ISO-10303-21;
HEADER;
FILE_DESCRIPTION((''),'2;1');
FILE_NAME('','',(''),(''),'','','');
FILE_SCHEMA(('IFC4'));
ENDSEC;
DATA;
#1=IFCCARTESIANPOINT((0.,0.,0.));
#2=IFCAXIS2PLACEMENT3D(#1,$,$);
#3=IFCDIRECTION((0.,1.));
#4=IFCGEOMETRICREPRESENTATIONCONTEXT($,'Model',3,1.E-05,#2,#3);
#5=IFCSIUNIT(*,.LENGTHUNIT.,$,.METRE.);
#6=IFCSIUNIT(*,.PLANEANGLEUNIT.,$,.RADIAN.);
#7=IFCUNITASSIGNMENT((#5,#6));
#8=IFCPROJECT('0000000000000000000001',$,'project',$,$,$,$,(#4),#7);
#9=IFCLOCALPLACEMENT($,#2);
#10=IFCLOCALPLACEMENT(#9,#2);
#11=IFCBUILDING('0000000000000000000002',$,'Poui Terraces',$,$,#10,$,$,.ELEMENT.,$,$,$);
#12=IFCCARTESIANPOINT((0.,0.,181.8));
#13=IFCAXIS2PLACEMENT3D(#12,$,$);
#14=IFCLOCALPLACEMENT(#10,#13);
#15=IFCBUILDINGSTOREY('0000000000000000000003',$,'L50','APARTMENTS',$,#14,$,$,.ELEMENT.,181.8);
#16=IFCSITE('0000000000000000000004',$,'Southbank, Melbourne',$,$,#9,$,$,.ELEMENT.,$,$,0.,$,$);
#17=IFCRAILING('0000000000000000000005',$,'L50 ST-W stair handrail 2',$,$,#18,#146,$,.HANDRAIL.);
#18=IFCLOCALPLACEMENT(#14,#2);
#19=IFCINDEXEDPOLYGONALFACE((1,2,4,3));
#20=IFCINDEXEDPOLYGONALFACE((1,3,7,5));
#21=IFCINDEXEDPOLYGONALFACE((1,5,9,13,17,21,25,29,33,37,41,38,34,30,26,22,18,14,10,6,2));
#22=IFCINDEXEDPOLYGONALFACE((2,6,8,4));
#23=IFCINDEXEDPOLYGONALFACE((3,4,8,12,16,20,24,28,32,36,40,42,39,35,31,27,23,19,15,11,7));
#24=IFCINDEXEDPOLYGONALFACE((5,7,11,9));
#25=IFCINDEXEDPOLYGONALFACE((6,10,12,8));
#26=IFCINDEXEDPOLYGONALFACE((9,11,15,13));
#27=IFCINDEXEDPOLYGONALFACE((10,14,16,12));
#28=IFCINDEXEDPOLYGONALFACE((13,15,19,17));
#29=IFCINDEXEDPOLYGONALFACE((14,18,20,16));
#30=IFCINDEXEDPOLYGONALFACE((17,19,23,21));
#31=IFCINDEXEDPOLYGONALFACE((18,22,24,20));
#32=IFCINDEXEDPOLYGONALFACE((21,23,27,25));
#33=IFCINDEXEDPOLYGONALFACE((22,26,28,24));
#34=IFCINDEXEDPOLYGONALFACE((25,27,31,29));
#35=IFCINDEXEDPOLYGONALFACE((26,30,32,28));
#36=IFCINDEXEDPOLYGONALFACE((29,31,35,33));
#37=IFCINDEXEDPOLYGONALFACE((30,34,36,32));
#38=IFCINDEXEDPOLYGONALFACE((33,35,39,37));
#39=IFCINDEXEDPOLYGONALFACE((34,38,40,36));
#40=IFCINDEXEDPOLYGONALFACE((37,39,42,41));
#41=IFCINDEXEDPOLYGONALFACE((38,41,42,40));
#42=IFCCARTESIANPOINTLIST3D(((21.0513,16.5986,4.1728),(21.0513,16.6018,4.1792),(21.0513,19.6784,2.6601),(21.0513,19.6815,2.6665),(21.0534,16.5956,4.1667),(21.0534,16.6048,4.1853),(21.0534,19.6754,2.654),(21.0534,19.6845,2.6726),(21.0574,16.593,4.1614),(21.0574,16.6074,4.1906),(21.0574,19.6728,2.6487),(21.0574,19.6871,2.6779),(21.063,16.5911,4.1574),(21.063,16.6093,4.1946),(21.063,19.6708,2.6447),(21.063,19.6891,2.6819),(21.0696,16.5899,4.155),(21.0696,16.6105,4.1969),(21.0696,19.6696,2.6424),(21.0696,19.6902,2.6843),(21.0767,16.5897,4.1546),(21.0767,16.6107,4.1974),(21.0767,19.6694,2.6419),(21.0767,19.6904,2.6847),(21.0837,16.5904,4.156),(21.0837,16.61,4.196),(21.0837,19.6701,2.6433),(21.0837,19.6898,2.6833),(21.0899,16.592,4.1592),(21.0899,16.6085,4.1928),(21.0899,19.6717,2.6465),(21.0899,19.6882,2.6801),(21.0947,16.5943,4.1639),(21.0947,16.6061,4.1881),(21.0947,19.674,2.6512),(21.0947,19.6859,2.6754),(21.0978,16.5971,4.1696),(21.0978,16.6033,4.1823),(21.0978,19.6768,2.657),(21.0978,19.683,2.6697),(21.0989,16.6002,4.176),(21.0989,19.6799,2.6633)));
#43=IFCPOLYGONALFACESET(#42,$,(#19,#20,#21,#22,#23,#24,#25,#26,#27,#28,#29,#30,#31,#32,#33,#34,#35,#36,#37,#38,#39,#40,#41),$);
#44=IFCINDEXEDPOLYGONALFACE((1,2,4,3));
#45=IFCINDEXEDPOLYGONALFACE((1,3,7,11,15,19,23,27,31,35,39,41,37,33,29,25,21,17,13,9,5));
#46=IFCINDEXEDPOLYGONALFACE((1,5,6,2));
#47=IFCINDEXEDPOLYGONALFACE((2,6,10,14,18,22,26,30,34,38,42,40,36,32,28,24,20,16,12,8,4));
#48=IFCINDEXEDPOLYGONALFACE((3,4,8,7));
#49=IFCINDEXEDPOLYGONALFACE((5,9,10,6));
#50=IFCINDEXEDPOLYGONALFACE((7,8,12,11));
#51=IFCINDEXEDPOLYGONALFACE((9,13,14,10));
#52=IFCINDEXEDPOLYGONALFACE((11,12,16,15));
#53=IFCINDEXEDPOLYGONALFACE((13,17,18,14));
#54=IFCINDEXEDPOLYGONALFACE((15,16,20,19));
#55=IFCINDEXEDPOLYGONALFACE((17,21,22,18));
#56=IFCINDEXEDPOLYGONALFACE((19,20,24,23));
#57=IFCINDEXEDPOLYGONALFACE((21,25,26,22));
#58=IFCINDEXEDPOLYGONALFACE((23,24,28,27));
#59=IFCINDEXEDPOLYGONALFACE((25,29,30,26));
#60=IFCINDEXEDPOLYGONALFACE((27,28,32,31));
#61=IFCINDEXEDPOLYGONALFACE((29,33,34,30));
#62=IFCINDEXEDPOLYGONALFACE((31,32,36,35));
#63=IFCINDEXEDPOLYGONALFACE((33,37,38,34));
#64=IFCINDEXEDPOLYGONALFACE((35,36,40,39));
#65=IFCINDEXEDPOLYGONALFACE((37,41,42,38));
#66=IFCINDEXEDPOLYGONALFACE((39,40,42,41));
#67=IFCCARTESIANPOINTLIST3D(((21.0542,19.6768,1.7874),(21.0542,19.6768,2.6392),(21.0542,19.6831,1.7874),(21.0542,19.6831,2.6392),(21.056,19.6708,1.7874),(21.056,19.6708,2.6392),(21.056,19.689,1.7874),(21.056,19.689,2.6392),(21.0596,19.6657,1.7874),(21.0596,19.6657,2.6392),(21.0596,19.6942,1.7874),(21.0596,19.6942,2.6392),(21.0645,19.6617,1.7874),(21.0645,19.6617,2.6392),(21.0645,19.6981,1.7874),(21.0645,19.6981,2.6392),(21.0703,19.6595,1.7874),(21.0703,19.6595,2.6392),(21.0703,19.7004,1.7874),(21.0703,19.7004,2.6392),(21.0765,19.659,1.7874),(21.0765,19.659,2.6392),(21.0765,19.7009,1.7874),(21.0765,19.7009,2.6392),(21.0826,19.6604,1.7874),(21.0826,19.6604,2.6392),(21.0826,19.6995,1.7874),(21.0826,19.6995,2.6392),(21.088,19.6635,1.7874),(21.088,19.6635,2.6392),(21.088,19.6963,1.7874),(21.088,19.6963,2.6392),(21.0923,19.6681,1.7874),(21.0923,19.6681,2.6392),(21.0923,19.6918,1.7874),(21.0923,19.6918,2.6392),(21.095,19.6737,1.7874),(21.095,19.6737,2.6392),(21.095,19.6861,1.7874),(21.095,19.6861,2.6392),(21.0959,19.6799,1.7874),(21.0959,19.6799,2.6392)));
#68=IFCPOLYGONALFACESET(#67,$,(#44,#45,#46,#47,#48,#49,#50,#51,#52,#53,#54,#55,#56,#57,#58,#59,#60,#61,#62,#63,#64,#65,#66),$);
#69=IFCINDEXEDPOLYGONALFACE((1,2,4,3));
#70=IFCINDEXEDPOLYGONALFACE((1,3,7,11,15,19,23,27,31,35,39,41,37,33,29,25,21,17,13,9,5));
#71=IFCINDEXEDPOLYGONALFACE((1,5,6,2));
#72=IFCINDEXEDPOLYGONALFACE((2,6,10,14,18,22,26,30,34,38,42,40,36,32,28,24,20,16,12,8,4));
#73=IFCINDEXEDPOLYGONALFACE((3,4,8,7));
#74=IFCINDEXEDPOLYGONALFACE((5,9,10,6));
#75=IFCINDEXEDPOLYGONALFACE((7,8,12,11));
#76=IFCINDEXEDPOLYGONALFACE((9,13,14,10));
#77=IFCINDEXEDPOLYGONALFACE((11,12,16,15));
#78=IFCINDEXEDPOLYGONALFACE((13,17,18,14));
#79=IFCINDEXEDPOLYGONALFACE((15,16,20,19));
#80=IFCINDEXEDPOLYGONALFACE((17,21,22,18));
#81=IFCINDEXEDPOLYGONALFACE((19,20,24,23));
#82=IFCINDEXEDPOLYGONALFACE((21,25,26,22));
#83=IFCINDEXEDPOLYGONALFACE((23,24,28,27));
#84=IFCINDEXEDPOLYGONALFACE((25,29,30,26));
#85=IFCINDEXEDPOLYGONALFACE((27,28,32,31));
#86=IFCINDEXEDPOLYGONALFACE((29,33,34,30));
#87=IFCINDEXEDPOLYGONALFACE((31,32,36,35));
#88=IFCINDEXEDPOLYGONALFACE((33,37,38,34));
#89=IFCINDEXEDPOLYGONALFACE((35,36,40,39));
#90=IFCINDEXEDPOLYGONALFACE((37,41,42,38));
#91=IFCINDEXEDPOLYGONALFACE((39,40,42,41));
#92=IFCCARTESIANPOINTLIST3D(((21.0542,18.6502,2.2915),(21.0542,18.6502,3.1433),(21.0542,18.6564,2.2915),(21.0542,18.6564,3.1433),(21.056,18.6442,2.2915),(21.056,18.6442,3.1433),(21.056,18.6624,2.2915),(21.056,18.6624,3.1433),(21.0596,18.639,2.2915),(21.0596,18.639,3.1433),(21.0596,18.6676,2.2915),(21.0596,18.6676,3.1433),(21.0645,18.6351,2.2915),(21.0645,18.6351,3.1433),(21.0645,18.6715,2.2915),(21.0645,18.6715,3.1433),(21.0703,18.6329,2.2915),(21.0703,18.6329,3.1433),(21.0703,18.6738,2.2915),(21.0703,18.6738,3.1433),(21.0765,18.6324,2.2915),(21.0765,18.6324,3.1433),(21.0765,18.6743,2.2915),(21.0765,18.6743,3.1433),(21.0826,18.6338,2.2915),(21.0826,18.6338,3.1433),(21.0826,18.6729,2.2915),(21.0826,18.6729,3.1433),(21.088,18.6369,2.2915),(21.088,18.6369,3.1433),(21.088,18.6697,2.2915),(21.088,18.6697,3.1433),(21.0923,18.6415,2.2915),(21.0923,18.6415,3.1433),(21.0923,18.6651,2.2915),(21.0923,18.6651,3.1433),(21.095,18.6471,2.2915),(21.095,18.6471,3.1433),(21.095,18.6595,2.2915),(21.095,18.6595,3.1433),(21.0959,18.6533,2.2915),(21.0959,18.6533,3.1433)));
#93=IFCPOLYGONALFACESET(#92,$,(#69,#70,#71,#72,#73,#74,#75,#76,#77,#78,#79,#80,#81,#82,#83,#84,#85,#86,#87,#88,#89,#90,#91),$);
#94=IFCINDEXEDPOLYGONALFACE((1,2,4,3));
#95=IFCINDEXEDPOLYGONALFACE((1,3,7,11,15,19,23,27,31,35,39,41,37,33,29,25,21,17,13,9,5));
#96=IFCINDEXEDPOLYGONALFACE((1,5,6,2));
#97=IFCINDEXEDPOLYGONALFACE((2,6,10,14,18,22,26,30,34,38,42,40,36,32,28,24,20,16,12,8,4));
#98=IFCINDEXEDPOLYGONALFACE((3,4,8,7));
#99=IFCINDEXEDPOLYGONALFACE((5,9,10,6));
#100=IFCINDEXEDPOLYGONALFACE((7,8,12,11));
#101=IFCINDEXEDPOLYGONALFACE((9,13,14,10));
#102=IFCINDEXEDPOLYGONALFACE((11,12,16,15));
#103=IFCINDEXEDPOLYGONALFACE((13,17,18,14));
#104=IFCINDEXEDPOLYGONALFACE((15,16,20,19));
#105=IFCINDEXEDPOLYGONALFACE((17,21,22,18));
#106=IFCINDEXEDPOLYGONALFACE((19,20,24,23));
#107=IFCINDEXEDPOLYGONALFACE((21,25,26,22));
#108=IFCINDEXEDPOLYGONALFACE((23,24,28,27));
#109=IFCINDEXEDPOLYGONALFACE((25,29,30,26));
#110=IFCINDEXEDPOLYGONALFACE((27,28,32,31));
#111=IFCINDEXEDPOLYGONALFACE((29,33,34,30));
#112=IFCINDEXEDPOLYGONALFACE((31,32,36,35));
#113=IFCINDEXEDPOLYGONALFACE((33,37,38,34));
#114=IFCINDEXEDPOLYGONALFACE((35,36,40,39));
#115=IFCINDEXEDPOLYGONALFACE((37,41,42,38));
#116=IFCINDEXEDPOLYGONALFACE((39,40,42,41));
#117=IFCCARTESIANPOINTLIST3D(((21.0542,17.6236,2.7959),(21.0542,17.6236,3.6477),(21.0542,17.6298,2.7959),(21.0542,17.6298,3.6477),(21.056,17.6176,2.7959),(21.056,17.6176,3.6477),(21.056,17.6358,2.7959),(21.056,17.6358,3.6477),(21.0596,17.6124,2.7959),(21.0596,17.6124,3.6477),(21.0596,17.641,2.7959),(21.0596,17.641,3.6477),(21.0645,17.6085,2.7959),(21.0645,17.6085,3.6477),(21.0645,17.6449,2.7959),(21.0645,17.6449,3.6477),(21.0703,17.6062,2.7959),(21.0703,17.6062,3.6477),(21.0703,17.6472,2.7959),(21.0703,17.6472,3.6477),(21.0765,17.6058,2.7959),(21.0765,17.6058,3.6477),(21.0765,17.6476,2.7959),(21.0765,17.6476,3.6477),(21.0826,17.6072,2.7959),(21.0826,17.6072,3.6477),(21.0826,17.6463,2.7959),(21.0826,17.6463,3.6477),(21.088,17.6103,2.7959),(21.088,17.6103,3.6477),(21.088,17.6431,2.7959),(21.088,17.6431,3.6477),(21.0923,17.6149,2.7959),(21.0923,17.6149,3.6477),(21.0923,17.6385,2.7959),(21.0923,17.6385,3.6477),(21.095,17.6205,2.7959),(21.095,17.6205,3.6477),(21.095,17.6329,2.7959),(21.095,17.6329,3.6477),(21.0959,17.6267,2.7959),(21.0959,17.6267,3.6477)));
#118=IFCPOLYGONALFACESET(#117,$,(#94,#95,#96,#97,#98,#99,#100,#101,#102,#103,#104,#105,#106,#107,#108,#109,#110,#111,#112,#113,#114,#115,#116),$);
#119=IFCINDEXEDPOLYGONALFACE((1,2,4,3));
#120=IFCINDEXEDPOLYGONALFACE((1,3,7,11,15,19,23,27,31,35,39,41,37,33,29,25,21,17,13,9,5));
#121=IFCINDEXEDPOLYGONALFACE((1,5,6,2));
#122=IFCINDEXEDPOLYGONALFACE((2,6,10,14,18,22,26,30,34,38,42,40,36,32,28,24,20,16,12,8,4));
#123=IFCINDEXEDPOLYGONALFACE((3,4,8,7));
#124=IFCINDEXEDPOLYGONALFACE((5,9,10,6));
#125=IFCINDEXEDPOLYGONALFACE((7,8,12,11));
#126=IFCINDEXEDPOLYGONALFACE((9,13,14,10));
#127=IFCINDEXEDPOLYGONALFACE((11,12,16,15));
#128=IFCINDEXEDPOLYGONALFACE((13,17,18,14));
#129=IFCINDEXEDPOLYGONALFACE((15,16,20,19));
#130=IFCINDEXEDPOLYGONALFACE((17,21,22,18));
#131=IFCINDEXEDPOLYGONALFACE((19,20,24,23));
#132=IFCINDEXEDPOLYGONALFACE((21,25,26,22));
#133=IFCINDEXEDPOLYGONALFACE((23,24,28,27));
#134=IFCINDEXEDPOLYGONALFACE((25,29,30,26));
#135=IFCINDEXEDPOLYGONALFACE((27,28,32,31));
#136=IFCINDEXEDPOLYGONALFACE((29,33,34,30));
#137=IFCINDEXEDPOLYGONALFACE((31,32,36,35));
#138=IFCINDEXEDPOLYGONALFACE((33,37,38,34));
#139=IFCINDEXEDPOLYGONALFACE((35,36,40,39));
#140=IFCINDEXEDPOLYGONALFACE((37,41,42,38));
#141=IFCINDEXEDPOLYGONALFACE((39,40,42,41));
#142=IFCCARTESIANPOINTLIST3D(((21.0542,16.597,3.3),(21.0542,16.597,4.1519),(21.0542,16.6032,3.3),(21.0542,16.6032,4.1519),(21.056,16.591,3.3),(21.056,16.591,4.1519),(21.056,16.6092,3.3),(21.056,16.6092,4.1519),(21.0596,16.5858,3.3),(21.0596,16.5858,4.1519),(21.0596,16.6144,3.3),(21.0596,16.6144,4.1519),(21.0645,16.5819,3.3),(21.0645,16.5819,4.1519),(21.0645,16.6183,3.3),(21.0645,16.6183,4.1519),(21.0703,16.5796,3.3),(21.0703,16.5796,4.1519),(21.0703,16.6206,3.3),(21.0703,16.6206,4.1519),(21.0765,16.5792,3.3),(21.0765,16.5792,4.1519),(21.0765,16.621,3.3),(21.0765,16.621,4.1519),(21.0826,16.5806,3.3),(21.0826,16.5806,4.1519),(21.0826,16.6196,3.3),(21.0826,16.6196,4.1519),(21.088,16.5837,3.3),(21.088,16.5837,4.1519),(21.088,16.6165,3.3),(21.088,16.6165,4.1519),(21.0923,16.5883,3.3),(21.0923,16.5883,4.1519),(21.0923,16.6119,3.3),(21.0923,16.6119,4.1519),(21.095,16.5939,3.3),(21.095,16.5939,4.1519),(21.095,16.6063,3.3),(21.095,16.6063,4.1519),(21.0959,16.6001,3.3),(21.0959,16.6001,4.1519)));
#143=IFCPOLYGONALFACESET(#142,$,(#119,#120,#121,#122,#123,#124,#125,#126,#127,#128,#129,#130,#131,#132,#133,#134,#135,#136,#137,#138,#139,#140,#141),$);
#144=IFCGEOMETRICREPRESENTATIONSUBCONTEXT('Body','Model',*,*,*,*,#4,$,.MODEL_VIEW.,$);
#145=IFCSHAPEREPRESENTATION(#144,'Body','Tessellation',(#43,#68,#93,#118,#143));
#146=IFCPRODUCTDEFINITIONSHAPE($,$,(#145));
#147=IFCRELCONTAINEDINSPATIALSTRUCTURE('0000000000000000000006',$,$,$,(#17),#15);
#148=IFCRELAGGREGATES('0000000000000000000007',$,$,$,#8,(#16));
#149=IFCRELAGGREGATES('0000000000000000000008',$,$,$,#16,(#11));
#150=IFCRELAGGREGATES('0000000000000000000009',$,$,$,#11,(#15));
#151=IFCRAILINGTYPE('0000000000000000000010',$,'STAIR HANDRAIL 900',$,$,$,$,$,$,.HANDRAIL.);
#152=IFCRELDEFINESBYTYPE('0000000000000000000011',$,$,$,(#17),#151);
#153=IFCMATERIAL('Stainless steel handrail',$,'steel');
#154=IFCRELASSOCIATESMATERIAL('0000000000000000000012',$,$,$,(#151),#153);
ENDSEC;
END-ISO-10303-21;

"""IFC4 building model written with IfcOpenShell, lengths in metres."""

from ifc_helpers import new_model, si_unit, direction, frame, origin, origin_2d, place, context, subcontext, project, spatial, circle, extrude, material, type_object, element, save


model = new_model("IFC4")

# Units and contexts
model_context = context("Model", 3, precision=1e-05, world=origin(), true_north=direction((0.0, 1.0)))
body_context = subcontext(model_context, "Body", "Model", "MODEL_VIEW")
ifc_project = project(units=[si_unit("LENGTHUNIT", "METRE"), si_unit("PLANEANGLEUNIT", "RADIAN")], contexts=[model_context])

# Site, building, storey
site_placement = place(None, origin())
site = spatial("IfcSite", under=ifc_project, at=site_placement, Name="Southbank, Melbourne", CompositionType="ELEMENT", RefElevation=0.0)
building_placement = place(site_placement, origin())
building = spatial("IfcBuilding", under=site, at=building_placement, Name="Poui Terraces", CompositionType="ELEMENT")
storey_placement = place(building_placement, frame((0.0, 0.0, 181.8)))
storey = spatial("IfcBuildingStorey", under=building, at=storey_placement, Name="L50", Description="APARTMENTS", CompositionType="ELEMENT", Elevation=181.8)

# Railing
ifc_material_1 = material(Name="Stainless steel handrail", Category="steel")
railing_type_1 = type_object("IfcRailingType", Name="STAIR HANDRAIL 900", PredefinedType="HANDRAIL", material=ifc_material_1)
railing_1_placement = place(storey_placement, frame((21.075, 19.6799, 1.7874)))
element("IfcRailing", 1, at=railing_1_placement, inside=storey, type_object=railing_type_1, Name="L50 ST-W stair handrail 2", PredefinedType="HANDRAIL", context=body_context, shape_type="SweptSolid", body=[
    extrude(circle(Radius=0.0239, at=origin_2d()), frame((0.0, 0.0, 0.876), z_axis=(0.0, -0.897578, 0.440856), x_axis=(1.0, 0.0, 0.0)), (0.0, 0.0, 1.0), 3.4312),
    extrude(circle(Radius=0.021, at=origin_2d()), origin(), (0.0, 0.0, 1.0), 0.8518),
    extrude(circle(Radius=0.021, at=origin_2d()), frame((0.0, -1.0266, 0.5042)), (0.0, 0.0, 1.0), 0.8518),
    extrude(circle(Radius=0.021, at=origin_2d()), frame((0.0, -2.0532, 1.0085)), (0.0, 0.0, 1.0), 0.8518),
    extrude(circle(Radius=0.021, at=origin_2d()), frame((0.0, -3.0798, 1.5127)), (0.0, 0.0, 1.0), 0.8518),
])

save(model, "model.ifc")
